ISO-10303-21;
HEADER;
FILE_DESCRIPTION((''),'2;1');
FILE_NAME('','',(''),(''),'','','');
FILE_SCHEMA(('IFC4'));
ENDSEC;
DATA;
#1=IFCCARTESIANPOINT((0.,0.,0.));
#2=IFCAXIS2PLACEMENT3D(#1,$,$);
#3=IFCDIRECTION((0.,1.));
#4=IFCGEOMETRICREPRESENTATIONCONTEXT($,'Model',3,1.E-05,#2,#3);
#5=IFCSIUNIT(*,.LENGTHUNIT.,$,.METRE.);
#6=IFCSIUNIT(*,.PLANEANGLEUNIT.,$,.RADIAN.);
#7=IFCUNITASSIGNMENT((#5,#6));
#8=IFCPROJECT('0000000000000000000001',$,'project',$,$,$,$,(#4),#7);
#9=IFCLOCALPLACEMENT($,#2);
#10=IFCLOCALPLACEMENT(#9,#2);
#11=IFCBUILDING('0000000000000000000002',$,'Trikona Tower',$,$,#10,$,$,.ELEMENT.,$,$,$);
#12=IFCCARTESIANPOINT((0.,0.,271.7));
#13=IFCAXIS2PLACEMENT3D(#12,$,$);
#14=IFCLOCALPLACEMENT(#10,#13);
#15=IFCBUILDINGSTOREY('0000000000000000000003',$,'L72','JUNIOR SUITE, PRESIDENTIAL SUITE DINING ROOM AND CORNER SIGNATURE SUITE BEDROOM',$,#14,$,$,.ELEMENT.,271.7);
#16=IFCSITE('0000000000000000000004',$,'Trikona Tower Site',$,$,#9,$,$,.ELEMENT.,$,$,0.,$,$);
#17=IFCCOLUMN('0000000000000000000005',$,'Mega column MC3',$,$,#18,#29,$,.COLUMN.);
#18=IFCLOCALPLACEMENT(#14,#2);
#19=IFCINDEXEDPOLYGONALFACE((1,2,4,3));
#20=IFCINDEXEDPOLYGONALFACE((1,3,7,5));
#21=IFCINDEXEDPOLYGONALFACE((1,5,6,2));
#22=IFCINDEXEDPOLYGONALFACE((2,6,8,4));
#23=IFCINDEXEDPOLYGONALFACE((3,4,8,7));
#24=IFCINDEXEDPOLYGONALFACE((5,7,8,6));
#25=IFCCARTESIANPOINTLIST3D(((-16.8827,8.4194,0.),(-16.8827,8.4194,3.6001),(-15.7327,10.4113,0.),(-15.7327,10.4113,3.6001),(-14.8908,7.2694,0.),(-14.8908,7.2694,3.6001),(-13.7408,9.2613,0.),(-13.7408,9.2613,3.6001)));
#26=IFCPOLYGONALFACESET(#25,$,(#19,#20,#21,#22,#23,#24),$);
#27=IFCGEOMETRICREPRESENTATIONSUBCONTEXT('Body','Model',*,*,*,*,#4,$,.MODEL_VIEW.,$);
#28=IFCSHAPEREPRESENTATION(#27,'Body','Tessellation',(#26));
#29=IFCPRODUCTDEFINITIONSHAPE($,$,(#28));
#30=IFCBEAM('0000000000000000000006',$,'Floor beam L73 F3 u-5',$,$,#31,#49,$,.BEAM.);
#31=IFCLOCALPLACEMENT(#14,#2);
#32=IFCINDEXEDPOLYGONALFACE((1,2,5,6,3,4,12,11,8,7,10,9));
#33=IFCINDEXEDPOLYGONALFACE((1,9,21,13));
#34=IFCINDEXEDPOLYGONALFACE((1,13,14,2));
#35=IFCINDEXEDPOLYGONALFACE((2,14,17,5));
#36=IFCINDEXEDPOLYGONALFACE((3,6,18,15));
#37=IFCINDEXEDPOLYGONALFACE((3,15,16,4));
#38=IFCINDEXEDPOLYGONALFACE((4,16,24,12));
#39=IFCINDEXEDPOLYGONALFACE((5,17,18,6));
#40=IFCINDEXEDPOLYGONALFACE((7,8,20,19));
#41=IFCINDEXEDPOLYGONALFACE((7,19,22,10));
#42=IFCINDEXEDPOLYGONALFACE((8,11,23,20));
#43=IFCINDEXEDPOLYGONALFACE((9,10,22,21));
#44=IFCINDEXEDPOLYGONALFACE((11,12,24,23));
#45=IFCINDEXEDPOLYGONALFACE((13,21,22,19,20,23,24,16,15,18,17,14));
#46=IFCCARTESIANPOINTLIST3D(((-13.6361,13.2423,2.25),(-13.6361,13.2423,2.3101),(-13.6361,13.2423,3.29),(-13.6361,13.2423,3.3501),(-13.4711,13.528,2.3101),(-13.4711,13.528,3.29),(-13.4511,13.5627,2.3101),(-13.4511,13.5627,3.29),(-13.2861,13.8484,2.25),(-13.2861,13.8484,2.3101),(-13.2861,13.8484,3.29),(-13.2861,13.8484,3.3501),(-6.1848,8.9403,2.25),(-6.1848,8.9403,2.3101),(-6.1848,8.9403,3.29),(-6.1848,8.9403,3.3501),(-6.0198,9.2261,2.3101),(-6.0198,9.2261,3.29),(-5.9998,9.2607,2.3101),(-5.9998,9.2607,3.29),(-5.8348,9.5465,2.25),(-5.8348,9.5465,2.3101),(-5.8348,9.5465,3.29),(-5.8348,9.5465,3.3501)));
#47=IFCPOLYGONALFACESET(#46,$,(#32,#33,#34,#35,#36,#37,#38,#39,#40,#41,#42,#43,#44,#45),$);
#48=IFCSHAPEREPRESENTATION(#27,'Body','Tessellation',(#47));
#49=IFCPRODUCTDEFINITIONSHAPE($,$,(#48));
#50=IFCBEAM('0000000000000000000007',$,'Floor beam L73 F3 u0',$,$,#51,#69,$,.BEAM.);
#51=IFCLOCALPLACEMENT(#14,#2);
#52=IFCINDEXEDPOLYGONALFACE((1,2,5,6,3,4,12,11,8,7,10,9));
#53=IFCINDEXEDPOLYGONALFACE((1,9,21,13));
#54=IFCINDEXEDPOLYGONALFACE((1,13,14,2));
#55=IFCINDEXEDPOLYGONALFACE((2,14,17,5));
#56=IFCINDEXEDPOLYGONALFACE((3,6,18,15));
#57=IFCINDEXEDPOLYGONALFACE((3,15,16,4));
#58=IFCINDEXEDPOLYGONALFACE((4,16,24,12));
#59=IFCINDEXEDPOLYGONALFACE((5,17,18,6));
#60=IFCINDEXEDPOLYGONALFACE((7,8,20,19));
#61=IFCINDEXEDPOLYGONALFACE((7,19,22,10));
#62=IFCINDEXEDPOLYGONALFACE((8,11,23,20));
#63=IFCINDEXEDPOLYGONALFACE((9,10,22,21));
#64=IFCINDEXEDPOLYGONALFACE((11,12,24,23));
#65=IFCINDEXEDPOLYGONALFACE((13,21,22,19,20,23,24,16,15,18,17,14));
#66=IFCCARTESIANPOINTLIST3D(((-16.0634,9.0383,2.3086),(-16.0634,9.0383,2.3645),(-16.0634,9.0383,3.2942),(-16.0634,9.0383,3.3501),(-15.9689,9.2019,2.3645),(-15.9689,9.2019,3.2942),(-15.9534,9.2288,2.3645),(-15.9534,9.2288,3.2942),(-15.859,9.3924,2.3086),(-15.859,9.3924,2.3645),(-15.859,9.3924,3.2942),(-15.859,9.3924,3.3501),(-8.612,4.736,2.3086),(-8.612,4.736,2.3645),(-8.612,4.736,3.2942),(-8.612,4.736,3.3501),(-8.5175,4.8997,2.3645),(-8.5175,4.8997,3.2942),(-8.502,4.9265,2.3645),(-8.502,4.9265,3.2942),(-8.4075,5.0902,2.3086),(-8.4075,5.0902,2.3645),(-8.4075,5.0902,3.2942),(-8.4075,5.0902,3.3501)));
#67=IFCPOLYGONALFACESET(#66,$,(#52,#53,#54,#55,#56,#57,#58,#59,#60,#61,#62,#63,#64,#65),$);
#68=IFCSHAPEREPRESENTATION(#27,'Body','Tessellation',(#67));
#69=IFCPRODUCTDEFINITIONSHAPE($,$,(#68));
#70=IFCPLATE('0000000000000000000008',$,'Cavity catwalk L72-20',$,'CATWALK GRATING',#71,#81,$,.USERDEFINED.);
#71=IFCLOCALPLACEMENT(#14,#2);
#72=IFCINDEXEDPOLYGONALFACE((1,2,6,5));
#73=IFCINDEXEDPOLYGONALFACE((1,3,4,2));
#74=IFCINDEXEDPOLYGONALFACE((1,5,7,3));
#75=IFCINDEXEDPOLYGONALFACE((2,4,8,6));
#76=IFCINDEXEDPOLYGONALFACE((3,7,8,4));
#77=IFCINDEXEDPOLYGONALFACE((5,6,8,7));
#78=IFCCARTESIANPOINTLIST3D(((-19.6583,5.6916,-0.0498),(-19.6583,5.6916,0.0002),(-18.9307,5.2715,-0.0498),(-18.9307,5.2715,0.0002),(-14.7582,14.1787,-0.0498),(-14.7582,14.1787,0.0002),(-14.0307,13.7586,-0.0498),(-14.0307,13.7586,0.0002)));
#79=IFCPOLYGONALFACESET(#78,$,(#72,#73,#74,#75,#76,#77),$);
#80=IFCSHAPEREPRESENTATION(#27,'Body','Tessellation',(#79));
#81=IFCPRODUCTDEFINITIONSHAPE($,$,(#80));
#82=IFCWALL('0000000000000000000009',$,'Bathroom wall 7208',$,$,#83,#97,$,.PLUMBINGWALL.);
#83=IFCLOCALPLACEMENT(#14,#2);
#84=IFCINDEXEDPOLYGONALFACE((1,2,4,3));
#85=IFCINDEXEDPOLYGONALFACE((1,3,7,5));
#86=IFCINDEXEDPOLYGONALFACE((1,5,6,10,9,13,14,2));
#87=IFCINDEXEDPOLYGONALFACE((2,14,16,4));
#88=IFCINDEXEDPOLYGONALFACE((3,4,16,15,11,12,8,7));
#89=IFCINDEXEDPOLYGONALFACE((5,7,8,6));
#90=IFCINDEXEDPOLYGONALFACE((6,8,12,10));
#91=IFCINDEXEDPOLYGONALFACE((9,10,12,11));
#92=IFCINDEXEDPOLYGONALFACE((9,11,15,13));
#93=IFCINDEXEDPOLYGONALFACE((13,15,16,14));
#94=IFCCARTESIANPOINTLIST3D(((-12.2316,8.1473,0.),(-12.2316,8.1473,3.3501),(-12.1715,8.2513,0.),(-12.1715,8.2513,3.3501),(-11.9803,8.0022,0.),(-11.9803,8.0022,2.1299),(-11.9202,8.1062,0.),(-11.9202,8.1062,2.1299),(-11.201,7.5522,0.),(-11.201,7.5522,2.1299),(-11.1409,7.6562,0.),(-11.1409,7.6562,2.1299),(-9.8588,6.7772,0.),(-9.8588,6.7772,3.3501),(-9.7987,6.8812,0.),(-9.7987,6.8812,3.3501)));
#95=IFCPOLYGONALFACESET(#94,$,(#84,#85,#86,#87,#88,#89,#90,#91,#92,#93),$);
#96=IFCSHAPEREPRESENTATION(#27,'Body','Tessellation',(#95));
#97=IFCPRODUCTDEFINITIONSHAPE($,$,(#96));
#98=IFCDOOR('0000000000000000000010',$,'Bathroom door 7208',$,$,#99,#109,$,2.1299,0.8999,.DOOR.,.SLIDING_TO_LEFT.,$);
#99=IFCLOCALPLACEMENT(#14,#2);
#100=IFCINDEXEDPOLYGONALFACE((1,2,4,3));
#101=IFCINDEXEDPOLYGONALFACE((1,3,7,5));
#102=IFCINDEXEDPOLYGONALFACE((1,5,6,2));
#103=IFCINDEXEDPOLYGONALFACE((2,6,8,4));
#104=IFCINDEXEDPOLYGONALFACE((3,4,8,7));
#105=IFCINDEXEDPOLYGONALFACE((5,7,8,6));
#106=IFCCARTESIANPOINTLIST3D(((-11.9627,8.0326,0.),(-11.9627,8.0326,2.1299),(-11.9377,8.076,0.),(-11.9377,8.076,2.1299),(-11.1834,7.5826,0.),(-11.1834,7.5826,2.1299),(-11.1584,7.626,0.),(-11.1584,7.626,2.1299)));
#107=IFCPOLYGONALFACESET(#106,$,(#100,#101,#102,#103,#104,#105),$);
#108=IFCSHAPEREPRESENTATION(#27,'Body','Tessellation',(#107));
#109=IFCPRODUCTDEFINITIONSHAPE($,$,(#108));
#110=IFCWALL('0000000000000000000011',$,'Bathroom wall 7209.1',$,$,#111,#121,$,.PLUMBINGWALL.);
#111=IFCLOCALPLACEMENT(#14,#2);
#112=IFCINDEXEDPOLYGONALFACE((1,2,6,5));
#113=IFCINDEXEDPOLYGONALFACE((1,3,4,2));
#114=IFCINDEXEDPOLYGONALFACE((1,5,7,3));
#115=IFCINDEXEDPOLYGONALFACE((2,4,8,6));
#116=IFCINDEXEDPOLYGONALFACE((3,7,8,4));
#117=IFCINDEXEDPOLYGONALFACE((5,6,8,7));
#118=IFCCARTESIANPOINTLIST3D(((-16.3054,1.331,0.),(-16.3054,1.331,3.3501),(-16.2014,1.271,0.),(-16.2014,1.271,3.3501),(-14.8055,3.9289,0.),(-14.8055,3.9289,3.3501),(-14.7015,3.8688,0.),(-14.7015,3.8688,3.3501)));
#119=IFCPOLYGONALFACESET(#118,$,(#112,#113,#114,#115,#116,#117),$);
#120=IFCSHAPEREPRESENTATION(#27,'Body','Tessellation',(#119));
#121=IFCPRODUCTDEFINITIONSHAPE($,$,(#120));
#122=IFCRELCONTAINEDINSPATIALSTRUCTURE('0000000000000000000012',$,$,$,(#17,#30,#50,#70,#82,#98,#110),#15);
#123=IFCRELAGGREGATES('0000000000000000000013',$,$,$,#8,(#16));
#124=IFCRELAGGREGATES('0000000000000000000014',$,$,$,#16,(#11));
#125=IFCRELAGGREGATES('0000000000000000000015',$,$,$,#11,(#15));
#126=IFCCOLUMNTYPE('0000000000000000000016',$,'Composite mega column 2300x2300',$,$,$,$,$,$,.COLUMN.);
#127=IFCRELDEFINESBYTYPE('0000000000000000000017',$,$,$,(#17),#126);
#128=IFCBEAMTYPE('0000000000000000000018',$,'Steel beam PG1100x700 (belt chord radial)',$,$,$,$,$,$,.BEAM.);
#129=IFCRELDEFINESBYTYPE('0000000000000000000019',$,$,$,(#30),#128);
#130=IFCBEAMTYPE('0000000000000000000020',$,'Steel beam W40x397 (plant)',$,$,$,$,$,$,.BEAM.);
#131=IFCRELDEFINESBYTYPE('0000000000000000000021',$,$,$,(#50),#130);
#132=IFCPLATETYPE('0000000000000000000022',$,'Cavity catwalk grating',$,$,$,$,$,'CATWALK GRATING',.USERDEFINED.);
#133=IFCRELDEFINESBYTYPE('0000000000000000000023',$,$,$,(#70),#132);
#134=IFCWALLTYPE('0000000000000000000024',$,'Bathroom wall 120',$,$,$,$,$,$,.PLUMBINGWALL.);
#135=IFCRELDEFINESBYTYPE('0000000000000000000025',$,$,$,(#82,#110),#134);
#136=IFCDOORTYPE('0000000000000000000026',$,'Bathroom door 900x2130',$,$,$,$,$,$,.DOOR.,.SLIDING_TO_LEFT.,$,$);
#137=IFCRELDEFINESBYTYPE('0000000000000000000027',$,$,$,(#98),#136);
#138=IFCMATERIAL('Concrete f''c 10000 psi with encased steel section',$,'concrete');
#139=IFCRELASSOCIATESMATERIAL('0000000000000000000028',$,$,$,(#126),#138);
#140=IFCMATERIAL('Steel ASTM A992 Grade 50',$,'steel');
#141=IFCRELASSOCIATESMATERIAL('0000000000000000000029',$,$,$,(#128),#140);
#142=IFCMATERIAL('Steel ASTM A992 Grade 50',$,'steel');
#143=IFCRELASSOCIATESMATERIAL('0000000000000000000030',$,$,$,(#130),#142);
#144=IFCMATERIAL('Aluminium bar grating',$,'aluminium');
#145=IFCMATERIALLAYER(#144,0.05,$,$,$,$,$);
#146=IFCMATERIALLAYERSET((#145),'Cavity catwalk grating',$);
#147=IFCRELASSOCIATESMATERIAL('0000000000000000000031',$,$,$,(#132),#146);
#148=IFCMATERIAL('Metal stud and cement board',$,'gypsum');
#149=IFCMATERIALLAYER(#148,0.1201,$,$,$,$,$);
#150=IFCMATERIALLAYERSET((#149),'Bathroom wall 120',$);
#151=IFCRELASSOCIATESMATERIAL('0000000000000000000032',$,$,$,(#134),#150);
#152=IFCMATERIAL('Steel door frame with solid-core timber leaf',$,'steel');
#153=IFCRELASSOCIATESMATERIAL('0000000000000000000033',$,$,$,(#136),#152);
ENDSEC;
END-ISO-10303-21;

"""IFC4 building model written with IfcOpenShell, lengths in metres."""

from ifc_helpers import new_model, si_unit, direction, frame, frame_2d, origin, origin_2d, place, context, subcontext, project, spatial, rectangle, i_section, extrude, material, layer, layer_set, material_profile, profile_set, type_object, element, fill, save


model = new_model("IFC4")

# Units and contexts
model_context = context("Model", 3, precision=1e-05, world=origin(), true_north=direction((0.0, 1.0)))
body_context = subcontext(model_context, "Body", "Model", "MODEL_VIEW")
ifc_project = project(units=[si_unit("LENGTHUNIT", "METRE"), si_unit("PLANEANGLEUNIT", "RADIAN")], contexts=[model_context])

# Site, building, storey
site_placement = place(None, origin())
site = spatial("IfcSite", under=ifc_project, at=site_placement, Name="Trikona Tower Site", CompositionType="ELEMENT", RefElevation=0.0)
building_placement = place(site_placement, origin())
building = spatial("IfcBuilding", under=site, at=building_placement, Name="Trikona Tower", CompositionType="ELEMENT")
storey_placement = place(building_placement, frame((0.0, 0.0, 271.7)))
storey = spatial("IfcBuildingStorey", under=building, at=storey_placement, Name="L72", Description="JUNIOR SUITE, PRESIDENTIAL SUITE DINING ROOM AND CORNER SIGNATURE SUITE BEDROOM", CompositionType="ELEMENT", Elevation=271.7)

# Column
ifc_material_1 = material(Name="Concrete f'c 10000 psi with encased steel section", Category="concrete")
ifc_material_profile_1 = material_profile(ifc_material_1, rectangle(XDim=2.3, YDim=2.3, at=origin_2d()), Name="MC2300")
ifc_profile_set_1 = profile_set([ifc_material_profile_1], Name="Concrete f'c 10000 psi with encased steel section")
column_type = type_object("IfcColumnType", Name="Composite mega column 2300x2300", PredefinedType="COLUMN", material=ifc_profile_set_1)
column_placement = place(storey_placement, frame((-15.3118, 8.8403, 0.0), z_axis=(0.0, 0.0, 1.0), x_axis=(-0.866025, 0.5, 0.0)))
element("IfcColumn", 1, at=column_placement, inside=storey, type_object=column_type, Name="Mega column MC3", PredefinedType="COLUMN", context=body_context, shape_type="SweptSolid", body=[
    extrude(rectangle(XDim=2.3, YDim=2.3, at=origin_2d()), origin(), (0.0, 0.0, 1.0), 3.6001),
])

# Beams
ifc_material_2 = material(Name="Steel ASTM A992 Grade 50", Category="steel")
ifc_material_profile_2 = material_profile(ifc_material_2, i_section(OverallWidth=0.7, OverallDepth=1.1001, WebThickness=0.04, FlangeThickness=0.0601, at=origin_2d()), Name="PG1100X700")
ifc_profile_set_2 = profile_set([ifc_material_profile_2], Name="Steel ASTM A992 Grade 50")
beam_type_1 = type_object("IfcBeamType", Name="Steel beam PG1100x700 (belt chord radial)", PredefinedType="BEAM", material=ifc_profile_set_2)
beam_1_placement = place(storey_placement, frame((-6.0098, 9.2434, 2.8), z_axis=(-0.866029, 0.499993, 0.0), x_axis=(-0.499993, -0.866029, 0.0)))
element("IfcBeam", 2, at=beam_1_placement, inside=storey, type_object=beam_type_1, Name="Floor beam L73 F3 u-5", PredefinedType="BEAM", context=body_context, shape_type="SweptSolid", body=[
    extrude(i_section(OverallWidth=0.7, OverallDepth=1.1001, WebThickness=0.04, FlangeThickness=0.0601, at=origin_2d()), origin(), (0.0, 0.0, 1.0), 8.604),
])
ifc_material_3 = material(Name="Steel ASTM A992 Grade 50", Category="steel")
ifc_material_profile_3 = material_profile(ifc_material_3, i_section(OverallWidth=0.4089, OverallDepth=1.0415, WebThickness=0.031, FlangeThickness=0.0559, at=origin_2d()), Name="W40X397")
ifc_profile_set_3 = profile_set([ifc_material_profile_3], Name="Steel ASTM A992 Grade 50")
beam_type_2 = type_object("IfcBeamType", Name="Steel beam W40x397 (plant)", PredefinedType="BEAM", material=ifc_profile_set_3)
beam_2_placement = place(storey_placement, frame((-8.5098, 4.9131, 2.8293), z_axis=(-0.866017, 0.500015, 0.0), x_axis=(-0.500015, -0.866017, 0.0)))
element("IfcBeam", 3, at=beam_2_placement, inside=storey, type_object=beam_type_2, Name="Floor beam L73 F3 u0", PredefinedType="BEAM", context=body_context, shape_type="SweptSolid", body=[
    extrude(i_section(OverallWidth=0.4089, OverallDepth=1.0415, WebThickness=0.031, FlangeThickness=0.0559, at=origin_2d()), origin(), (0.0, 0.0, 1.0), 8.6042),
])

# Plate
ifc_material_4 = material(Name="Aluminium bar grating", Category="aluminium")
ifc_layer_1 = layer(ifc_material_4, 0.05)
ifc_layer_set_1 = layer_set([ifc_layer_1], Name="Cavity catwalk grating")
plate_type = type_object("IfcPlateType", Name="Cavity catwalk grating", ElementType="CATWALK GRATING", PredefinedType="USERDEFINED", material=ifc_layer_set_1)
plate_placement = place(storey_placement, frame((-16.8445, 9.7251, -0.0498), z_axis=(0.0, 0.0, 1.0), x_axis=(-0.499998, -0.866026, 0.0)))
element("IfcPlate", 4, at=plate_placement, inside=storey, type_object=plate_type, Name="Cavity catwalk L72-20", ObjectType="CATWALK GRATING", PredefinedType="USERDEFINED", context=body_context, shape_type="SweptSolid", body=[
    extrude(rectangle(XDim=9.8, YDim=0.8401, at=origin_2d()), origin(), (0.0, 0.0, 1.0), 0.05),
])

# Wall, opening, door
ifc_material_5 = material(Name="Metal stud and cement board", Category="gypsum")
ifc_layer_2 = layer(ifc_material_5, 0.1201)
ifc_layer_set_2 = layer_set([ifc_layer_2], Name="Bathroom wall 120")
wall_type_1 = type_object("IfcWallType", Name="Bathroom wall 120", PredefinedType="PLUMBINGWALL", material=ifc_layer_set_2)
wall_1_placement = place(storey_placement, frame((-9.8286, 6.8291, 0.0), z_axis=(0.0, 0.0, 1.0), x_axis=(-0.865997, 0.500049, 0.0)))
wall_1 = element("IfcWall", 5, at=wall_1_placement, inside=storey, type_object=wall_type_1, Name="Bathroom wall 7208", PredefinedType="PLUMBINGWALL", context=body_context, shape_type="SweptSolid", body=[
    extrude(rectangle(XDim=2.74, YDim=0.1201, at=frame_2d((1.3701, 0.0))), origin(), (0.0, 0.0, 1.0), 3.3501),
])
opening_1_placement = place(wall_1_placement, frame((1.55, 0.0, 0.0)))
opening_1 = element("IfcOpeningElement", 6, at=opening_1_placement, cuts=wall_1, PredefinedType="OPENING", context=body_context, shape_type="SweptSolid", body=[
    extrude(rectangle(XDim=0.8999, YDim=2.1299, at=frame_2d((0.45, 1.0649))), frame((0.0, 0.0701, 0.0), z_axis=(0.0, -1.0, 0.0), x_axis=(1.0, 0.0, 0.0)), (0.0, 0.0, 1.0), 0.1401),
])
ifc_material_6 = material(Name="Steel door frame with solid-core timber leaf", Category="steel")
door_type_1 = type_object("IfcDoorType", Name="Bathroom door 900x2130", OperationType="SLIDING_TO_LEFT", PredefinedType="DOOR", material=ifc_material_6)
door_1_placement = place(opening_1_placement, origin())
door_1 = element("IfcDoor", 7, at=door_1_placement, inside=storey, type_object=door_type_1, Name="Bathroom door 7208", OperationType="SLIDING_TO_LEFT", OverallHeight=2.1299, OverallWidth=0.8999, PredefinedType="DOOR", context=body_context, shape_type="SweptSolid", body=[
    extrude(rectangle(XDim=0.8999, YDim=2.1299, at=frame_2d((0.45, 1.0649))), frame((0.0, 0.0249, 0.0), z_axis=(0.0, -1.0, 0.0), x_axis=(1.0, 0.0, 0.0)), (0.0, 0.0, 1.0), 0.05),
])
fill(opening_1, door_1)

# Wall
wall_2_placement = place(storey_placement, frame((-14.7534, 3.8989, 0.0), z_axis=(0.0, 0.0, 1.0), x_axis=(-0.500025, -0.866011, 0.0)))
element("IfcWall", 8, at=wall_2_placement, inside=storey, type_object=wall_type_1, Name="Bathroom wall 7209.1", PredefinedType="PLUMBINGWALL", context=body_context, shape_type="SweptSolid", body=[
    extrude(rectangle(XDim=2.9998, YDim=0.1201, at=frame_2d((1.5, 0.0))), origin(), (0.0, 0.0, 1.0), 3.3501),
])

save(model, "model.ifc")
